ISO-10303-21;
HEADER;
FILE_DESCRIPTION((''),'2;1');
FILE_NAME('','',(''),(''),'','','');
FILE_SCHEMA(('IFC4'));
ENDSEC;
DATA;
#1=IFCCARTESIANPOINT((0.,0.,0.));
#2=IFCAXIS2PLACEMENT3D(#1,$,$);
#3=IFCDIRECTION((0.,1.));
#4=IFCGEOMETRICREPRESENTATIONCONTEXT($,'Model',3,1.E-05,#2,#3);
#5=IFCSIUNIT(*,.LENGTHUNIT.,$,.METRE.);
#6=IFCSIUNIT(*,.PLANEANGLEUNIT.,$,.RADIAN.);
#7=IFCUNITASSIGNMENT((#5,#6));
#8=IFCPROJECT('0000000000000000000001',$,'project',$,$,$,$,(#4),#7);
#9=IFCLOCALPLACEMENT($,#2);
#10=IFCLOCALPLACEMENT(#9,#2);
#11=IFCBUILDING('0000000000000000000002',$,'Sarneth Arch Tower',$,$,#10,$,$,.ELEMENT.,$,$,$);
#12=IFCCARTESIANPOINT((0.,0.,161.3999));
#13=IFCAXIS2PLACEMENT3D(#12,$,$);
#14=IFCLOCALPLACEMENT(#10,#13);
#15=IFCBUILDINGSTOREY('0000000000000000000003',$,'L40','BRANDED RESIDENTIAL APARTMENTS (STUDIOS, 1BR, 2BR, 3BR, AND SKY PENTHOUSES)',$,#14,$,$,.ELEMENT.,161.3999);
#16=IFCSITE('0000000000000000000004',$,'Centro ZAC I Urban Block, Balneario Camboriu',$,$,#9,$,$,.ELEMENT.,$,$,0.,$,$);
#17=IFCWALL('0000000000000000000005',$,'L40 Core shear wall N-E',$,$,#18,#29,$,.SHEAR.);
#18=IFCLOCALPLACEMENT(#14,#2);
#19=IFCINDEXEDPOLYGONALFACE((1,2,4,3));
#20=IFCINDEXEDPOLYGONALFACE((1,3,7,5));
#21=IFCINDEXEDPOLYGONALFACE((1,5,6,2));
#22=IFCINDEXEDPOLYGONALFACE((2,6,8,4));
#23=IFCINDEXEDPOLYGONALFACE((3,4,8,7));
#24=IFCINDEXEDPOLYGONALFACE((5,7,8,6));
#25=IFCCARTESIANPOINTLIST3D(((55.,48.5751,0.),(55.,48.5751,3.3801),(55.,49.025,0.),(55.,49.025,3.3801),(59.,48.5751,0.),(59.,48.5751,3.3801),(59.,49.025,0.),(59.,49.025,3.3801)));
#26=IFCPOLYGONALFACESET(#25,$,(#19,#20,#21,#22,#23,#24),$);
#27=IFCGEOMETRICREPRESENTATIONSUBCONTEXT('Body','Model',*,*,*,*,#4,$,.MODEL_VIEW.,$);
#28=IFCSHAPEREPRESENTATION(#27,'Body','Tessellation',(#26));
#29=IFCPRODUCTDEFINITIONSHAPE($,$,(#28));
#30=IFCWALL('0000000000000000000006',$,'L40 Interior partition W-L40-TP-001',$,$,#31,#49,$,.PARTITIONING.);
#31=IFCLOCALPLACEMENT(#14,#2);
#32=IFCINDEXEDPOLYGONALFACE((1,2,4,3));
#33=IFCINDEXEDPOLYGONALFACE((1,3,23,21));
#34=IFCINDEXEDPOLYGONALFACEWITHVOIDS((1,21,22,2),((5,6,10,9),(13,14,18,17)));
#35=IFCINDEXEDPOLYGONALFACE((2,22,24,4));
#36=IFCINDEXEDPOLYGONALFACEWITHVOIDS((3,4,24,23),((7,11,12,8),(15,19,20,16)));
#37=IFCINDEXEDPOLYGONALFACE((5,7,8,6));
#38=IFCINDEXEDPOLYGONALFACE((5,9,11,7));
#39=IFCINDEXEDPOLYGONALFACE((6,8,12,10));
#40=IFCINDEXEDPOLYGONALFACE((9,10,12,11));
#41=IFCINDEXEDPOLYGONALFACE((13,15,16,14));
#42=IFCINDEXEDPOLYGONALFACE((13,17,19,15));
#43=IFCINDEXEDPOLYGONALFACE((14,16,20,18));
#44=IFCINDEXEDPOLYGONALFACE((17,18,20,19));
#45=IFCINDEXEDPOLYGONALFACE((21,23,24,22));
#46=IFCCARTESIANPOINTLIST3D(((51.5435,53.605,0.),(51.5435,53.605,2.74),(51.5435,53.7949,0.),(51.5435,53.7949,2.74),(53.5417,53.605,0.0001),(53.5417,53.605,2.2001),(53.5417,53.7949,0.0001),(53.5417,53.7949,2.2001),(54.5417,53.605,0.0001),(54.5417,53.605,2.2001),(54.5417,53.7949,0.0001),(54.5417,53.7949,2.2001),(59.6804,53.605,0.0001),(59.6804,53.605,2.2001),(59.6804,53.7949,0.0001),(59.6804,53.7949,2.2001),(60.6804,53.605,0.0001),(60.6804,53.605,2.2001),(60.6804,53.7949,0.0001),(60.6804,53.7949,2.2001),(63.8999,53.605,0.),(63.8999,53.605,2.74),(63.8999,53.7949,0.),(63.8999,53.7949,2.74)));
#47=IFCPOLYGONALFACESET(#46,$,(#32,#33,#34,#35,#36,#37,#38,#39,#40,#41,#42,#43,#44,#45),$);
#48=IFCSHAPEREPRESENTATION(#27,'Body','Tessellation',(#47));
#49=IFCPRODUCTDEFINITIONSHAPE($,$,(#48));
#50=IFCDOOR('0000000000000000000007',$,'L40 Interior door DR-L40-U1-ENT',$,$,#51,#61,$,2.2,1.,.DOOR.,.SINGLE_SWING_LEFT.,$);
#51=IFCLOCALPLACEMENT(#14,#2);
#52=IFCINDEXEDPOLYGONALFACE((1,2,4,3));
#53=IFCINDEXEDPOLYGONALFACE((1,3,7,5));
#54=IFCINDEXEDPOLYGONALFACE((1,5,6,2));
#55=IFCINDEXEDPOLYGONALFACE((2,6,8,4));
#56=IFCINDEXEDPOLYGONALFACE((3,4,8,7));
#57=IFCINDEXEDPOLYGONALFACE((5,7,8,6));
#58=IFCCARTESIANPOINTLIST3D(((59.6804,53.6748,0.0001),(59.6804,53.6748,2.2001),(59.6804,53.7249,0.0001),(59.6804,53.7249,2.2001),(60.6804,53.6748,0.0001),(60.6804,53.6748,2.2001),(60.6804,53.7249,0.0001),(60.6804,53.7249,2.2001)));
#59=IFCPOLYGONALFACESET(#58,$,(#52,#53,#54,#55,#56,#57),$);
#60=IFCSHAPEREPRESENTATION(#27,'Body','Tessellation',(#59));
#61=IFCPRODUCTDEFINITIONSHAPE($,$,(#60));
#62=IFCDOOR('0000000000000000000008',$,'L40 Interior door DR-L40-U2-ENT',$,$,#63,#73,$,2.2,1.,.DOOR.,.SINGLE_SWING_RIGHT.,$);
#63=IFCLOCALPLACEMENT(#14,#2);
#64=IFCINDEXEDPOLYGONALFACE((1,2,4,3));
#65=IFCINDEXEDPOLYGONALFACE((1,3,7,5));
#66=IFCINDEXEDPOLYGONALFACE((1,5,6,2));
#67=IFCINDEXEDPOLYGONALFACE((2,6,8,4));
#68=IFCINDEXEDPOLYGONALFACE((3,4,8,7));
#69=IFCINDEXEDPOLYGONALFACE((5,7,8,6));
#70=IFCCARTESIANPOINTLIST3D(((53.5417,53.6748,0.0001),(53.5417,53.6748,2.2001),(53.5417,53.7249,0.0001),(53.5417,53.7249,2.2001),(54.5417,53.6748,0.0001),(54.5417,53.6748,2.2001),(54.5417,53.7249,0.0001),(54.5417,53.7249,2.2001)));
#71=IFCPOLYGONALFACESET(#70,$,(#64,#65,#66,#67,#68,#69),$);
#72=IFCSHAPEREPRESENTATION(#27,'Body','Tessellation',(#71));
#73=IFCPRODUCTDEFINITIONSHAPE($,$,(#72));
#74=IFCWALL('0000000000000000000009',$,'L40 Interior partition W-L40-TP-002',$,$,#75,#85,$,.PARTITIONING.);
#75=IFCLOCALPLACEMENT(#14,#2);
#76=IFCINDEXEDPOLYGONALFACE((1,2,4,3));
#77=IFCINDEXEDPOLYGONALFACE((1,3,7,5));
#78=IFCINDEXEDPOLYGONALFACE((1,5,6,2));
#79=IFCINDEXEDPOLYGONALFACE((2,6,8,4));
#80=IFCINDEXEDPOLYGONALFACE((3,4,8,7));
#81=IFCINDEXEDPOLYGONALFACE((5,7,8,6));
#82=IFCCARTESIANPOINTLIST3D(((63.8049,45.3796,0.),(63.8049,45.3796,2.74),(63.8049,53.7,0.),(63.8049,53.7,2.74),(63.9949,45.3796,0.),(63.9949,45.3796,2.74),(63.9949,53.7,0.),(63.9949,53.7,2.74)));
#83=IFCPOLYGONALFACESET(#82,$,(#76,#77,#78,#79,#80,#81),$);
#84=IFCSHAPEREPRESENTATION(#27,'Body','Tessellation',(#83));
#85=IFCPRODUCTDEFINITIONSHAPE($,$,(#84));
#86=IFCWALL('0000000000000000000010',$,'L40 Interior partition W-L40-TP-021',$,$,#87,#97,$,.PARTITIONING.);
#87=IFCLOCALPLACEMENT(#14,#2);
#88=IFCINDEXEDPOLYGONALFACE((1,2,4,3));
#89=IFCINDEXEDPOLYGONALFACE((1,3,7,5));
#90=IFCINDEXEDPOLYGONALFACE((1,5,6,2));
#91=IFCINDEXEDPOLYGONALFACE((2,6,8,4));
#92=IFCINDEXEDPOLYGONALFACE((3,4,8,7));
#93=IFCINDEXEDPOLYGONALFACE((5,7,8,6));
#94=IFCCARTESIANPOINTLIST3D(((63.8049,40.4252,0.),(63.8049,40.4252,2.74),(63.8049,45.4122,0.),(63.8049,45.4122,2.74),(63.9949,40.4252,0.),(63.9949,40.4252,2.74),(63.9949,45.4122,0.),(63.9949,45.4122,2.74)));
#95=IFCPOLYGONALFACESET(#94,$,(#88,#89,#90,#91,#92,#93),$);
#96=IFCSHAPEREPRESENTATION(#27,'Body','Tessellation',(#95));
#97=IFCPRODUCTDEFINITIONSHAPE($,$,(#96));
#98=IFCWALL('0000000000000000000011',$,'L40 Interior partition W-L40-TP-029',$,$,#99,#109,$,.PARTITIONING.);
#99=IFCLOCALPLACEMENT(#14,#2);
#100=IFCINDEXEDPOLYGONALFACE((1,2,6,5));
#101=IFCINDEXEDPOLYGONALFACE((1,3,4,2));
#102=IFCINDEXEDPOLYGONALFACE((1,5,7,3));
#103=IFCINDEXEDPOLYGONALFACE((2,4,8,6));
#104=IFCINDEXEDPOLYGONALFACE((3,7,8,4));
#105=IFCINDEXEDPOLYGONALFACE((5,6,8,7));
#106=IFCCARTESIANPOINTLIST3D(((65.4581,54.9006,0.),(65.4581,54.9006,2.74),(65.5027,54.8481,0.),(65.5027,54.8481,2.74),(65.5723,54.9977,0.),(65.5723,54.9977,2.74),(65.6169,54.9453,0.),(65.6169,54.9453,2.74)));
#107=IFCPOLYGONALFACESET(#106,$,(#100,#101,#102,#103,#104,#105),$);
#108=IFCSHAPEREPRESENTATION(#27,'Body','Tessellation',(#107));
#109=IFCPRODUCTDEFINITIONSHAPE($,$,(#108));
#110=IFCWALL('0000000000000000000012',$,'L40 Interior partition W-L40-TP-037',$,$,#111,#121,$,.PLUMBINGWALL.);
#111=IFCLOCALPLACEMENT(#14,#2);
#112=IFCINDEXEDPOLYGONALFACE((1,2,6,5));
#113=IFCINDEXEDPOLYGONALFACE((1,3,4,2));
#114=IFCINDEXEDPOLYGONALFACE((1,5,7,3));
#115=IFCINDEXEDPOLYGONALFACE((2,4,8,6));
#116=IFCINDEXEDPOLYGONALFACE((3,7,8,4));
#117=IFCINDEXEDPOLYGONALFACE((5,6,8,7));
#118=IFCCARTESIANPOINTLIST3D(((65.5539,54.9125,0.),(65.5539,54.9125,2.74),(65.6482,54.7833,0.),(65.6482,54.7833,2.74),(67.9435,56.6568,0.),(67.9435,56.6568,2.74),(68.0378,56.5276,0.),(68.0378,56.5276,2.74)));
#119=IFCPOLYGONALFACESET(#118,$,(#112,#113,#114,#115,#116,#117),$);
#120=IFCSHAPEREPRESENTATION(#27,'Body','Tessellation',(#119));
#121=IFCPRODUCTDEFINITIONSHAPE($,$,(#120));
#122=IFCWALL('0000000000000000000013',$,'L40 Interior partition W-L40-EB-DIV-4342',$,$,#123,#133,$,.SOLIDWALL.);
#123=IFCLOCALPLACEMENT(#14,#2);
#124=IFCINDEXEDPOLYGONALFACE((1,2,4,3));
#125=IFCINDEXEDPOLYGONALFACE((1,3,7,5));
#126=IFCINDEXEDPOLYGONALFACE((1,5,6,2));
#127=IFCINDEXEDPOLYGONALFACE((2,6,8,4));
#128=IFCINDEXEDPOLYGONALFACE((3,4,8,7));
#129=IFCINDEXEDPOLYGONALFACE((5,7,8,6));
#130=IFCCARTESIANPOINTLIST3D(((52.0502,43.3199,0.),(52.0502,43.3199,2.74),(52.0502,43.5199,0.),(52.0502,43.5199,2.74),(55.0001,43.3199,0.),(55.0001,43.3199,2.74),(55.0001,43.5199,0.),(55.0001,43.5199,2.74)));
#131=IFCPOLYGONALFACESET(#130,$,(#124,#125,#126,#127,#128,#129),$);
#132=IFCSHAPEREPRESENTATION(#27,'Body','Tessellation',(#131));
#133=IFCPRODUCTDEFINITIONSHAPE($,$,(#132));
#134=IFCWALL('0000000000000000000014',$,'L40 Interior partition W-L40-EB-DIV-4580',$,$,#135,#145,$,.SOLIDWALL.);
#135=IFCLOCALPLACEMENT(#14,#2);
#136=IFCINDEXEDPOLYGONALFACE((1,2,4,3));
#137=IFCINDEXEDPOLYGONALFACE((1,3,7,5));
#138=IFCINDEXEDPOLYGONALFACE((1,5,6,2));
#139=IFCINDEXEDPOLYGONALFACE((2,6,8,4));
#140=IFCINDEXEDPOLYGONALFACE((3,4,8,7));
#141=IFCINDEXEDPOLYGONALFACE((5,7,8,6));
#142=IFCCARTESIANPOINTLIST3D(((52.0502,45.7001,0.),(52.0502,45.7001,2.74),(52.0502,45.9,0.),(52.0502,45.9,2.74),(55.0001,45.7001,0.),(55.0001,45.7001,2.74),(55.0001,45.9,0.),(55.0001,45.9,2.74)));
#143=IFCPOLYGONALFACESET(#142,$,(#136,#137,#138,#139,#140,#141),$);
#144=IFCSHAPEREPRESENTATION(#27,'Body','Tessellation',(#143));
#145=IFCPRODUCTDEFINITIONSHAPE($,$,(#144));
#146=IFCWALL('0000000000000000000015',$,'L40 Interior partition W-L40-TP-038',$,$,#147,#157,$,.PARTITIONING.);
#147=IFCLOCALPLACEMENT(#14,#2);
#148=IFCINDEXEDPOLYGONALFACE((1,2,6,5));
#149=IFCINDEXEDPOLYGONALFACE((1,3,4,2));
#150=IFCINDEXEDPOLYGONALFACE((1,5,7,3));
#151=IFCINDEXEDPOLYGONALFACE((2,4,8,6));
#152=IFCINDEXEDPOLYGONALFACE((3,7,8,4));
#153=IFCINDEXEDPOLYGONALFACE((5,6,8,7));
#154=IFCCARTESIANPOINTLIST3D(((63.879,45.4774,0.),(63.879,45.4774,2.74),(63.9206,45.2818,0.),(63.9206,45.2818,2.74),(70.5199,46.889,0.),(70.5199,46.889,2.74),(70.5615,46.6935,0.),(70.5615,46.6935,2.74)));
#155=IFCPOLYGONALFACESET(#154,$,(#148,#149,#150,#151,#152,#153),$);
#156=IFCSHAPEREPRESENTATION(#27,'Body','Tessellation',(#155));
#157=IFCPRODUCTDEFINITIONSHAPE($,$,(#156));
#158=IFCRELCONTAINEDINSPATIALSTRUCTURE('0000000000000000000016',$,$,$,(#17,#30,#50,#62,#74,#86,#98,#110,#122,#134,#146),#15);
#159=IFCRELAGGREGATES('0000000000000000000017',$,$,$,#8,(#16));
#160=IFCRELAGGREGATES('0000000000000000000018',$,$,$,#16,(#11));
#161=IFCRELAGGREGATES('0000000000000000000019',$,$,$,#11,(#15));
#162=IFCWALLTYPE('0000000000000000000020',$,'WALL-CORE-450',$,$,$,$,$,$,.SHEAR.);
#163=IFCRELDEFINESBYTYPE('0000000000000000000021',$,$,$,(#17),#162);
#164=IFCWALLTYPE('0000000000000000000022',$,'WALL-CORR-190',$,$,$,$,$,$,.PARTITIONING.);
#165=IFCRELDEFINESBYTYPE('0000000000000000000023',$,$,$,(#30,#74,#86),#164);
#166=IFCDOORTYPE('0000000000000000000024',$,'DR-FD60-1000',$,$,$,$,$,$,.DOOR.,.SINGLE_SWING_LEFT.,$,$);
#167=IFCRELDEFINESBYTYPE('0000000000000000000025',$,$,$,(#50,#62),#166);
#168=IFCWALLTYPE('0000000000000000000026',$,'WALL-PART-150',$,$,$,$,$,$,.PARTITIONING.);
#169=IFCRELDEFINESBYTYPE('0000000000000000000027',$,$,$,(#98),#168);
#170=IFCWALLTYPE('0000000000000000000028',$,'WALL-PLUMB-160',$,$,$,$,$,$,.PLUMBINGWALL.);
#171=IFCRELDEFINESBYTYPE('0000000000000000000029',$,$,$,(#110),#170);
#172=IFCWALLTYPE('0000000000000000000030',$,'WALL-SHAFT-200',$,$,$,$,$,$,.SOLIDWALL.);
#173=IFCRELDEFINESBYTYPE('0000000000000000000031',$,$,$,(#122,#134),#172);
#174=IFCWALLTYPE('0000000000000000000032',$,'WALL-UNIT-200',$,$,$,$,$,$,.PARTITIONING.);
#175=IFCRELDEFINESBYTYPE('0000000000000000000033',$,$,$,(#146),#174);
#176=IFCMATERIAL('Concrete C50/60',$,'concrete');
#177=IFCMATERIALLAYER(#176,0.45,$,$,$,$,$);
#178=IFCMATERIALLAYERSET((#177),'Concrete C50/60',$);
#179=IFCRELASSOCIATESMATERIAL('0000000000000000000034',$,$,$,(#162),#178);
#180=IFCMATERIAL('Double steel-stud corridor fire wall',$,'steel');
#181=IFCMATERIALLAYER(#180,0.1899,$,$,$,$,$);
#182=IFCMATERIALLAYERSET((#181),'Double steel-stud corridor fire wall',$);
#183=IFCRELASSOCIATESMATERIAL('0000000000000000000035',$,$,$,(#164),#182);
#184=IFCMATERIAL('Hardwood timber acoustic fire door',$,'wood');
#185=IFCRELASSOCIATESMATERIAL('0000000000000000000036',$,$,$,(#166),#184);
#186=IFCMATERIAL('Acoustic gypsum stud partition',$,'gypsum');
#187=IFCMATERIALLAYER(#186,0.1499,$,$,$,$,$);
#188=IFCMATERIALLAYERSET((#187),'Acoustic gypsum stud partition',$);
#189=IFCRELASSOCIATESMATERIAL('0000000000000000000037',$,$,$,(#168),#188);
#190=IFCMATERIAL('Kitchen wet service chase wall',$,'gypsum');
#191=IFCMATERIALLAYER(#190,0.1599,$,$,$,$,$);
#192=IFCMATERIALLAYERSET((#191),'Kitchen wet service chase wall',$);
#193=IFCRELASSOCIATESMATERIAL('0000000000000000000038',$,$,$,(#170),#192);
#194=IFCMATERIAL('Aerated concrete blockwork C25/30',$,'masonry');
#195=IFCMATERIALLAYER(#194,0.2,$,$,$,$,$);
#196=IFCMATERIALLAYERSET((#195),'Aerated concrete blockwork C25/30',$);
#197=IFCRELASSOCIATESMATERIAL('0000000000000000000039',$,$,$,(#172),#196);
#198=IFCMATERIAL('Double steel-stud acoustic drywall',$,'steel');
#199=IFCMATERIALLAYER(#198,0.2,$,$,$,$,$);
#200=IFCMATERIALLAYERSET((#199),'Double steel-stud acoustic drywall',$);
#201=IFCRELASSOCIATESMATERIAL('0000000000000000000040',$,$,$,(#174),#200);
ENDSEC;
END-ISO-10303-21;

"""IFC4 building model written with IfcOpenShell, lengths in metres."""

from ifc_helpers import new_model, si_unit, direction, frame, frame_2d, origin, place, context, subcontext, project, spatial, rectangle, extrude, material, layer, layer_set, type_object, element, fill, save


model = new_model("IFC4")

# Units and contexts
model_context = context("Model", 3, precision=1e-05, world=origin(), true_north=direction((0.0, 1.0)))
body_context = subcontext(model_context, "Body", "Model", "MODEL_VIEW")
ifc_project = project(units=[si_unit("LENGTHUNIT", "METRE"), si_unit("PLANEANGLEUNIT", "RADIAN")], contexts=[model_context])

# Site, building, storey
site_placement = place(None, origin())
site = spatial("IfcSite", under=ifc_project, at=site_placement, Name="Centro ZAC I Urban Block, Balneario Camboriu", CompositionType="ELEMENT", RefElevation=0.0)
building_placement = place(site_placement, origin())
building = spatial("IfcBuilding", under=site, at=building_placement, Name="Sarneth Arch Tower", CompositionType="ELEMENT")
storey_placement = place(building_placement, frame((0.0, 0.0, 161.3999)))
storey = spatial("IfcBuildingStorey", under=building, at=storey_placement, Name="L40", Description="BRANDED RESIDENTIAL APARTMENTS (STUDIOS, 1BR, 2BR, 3BR, AND SKY PENTHOUSES)", CompositionType="ELEMENT", Elevation=161.3999)

# Wall
ifc_material_1 = material(Name="Concrete C50/60", Category="concrete")
ifc_layer_1 = layer(ifc_material_1, 0.45)
ifc_layer_set_1 = layer_set([ifc_layer_1], Name="Concrete C50/60")
wall_type_1 = type_object("IfcWallType", Name="WALL-CORE-450", PredefinedType="SHEAR", material=ifc_layer_set_1)
wall_1_placement = place(storey_placement, frame((55.0, 48.8, 0.0), z_axis=(0.0, 0.0, 1.0), x_axis=(1.0, 0.0, 0.0)))
element("IfcWall", 1, at=wall_1_placement, inside=storey, type_object=wall_type_1, Name="L40 Core shear wall N-E", PredefinedType="SHEAR", context=body_context, shape_type="SweptSolid", body=[
    extrude(rectangle(XDim=4.0, YDim=0.45, at=frame_2d((2.0, 0.0))), origin(), (0.0, 0.0, 1.0), 3.3801),
])

# Wall, openings, doors
ifc_material_2 = material(Name="Double steel-stud corridor fire wall", Category="steel")
ifc_layer_2 = layer(ifc_material_2, 0.1899)
ifc_layer_set_2 = layer_set([ifc_layer_2], Name="Double steel-stud corridor fire wall")
wall_type_2 = type_object("IfcWallType", Name="WALL-CORR-190", PredefinedType="PARTITIONING", material=ifc_layer_set_2)
wall_2_placement = place(storey_placement, frame((51.5435, 53.7, 0.0), z_axis=(0.0, 0.0, 1.0), x_axis=(1.0, 0.0, 0.0)))
wall_2 = element("IfcWall", 2, at=wall_2_placement, inside=storey, type_object=wall_type_2, Name="L40 Interior partition W-L40-TP-001", PredefinedType="PARTITIONING", context=body_context, shape_type="SweptSolid", body=[
    extrude(rectangle(XDim=12.3564, YDim=0.1899, at=frame_2d((6.1782, 0.0))), origin(), (0.0, 0.0, 1.0), 2.74),
])
opening_1_placement = place(wall_2_placement, frame((8.137, 0.0, 0.0)))
opening_1 = element("IfcOpeningElement", 3, at=opening_1_placement, cuts=wall_2, PredefinedType="OPENING", context=body_context, shape_type="SweptSolid", body=[
    extrude(rectangle(XDim=1.0, YDim=2.2, at=frame_2d((0.5, 1.1001))), frame((0.0, 0.105, 0.0), z_axis=(0.0, -1.0, 0.0), x_axis=(1.0, 0.0, 0.0)), (0.0, 0.0, 1.0), 0.21),
])
opening_2_placement = place(wall_2_placement, frame((1.9983, 0.0, 0.0)))
opening_2 = element("IfcOpeningElement", 4, at=opening_2_placement, cuts=wall_2, PredefinedType="OPENING", context=body_context, shape_type="SweptSolid", body=[
    extrude(rectangle(XDim=1.0, YDim=2.2, at=frame_2d((0.5, 1.1001))), frame((0.0, 0.105, 0.0), z_axis=(0.0, -1.0, 0.0), x_axis=(1.0, 0.0, 0.0)), (0.0, 0.0, 1.0), 0.21),
])
ifc_material_3 = material(Name="Hardwood timber acoustic fire door", Category="wood")
door_type = type_object("IfcDoorType", Name="DR-FD60-1000", OperationType="SINGLE_SWING_LEFT", PredefinedType="DOOR", material=ifc_material_3)
door_1_placement = place(opening_1_placement, origin())
door_1 = element("IfcDoor", 5, at=door_1_placement, inside=storey, type_object=door_type, Name="L40 Interior door DR-L40-U1-ENT", OperationType="SINGLE_SWING_LEFT", OverallHeight=2.2, OverallWidth=1.0, PredefinedType="DOOR", context=body_context, shape_type="SweptSolid", body=[
    extrude(rectangle(XDim=1.0, YDim=2.2, at=frame_2d((0.5, 1.1001))), frame((0.0, 0.0249, 0.0), z_axis=(0.0, -1.0, 0.0), x_axis=(1.0, 0.0, 0.0)), (0.0, 0.0, 1.0), 0.05),
])
fill(opening_1, door_1)
door_2_placement = place(opening_2_placement, origin())
door_2 = element("IfcDoor", 6, at=door_2_placement, inside=storey, type_object=door_type, Name="L40 Interior door DR-L40-U2-ENT", OperationType="SINGLE_SWING_RIGHT", OverallHeight=2.2, OverallWidth=1.0, PredefinedType="DOOR", context=body_context, shape_type="SweptSolid", body=[
    extrude(rectangle(XDim=1.0, YDim=2.2, at=frame_2d((0.5, 1.1001))), frame((0.0, 0.0249, 0.0), z_axis=(0.0, -1.0, 0.0), x_axis=(1.0, 0.0, 0.0)), (0.0, 0.0, 1.0), 0.05),
])
fill(opening_2, door_2)

# Walls
wall_3_placement = place(storey_placement, frame((63.8999, 53.7, 0.0), z_axis=(0.0, 0.0, 1.0), x_axis=(0.0, -1.0, 0.0)))
element("IfcWall", 7, at=wall_3_placement, inside=storey, type_object=wall_type_2, Name="L40 Interior partition W-L40-TP-002", PredefinedType="PARTITIONING", context=body_context, shape_type="SweptSolid", body=[
    extrude(rectangle(XDim=8.3203, YDim=0.1899, at=frame_2d((4.1602, 0.0))), origin(), (0.0, 0.0, 1.0), 2.74),
])
wall_4_placement = place(storey_placement, frame((63.8999, 45.4124, 0.0), z_axis=(0.0, 0.0, 1.0), x_axis=(0.0, -1.0, 0.0)))
element("IfcWall", 8, at=wall_4_placement, inside=storey, type_object=wall_type_2, Name="L40 Interior partition W-L40-TP-021", PredefinedType="PARTITIONING", context=body_context, shape_type="SweptSolid", body=[
    extrude(rectangle(XDim=4.9871, YDim=0.1899, at=frame_2d((2.4937, 0.0))), origin(), (0.0, 0.0, 1.0), 2.74),
])
ifc_material_4 = material(Name="Acoustic gypsum stud partition", Category="gypsum")
ifc_layer_3 = layer(ifc_material_4, 0.1499)
ifc_layer_set_3 = layer_set([ifc_layer_3], Name="Acoustic gypsum stud partition")
wall_type_3 = type_object("IfcWallType", Name="WALL-PART-150", PredefinedType="PARTITIONING", material=ifc_layer_set_3)
wall_5_placement = place(storey_placement, frame((65.5598, 54.8967, 0.0), z_axis=(0.0, 0.0, 1.0), x_axis=(-0.648162, 0.761502, 0.0)))
element("IfcWall", 9, at=wall_5_placement, inside=storey, type_object=wall_type_3, Name="L40 Interior partition W-L40-TP-029", PredefinedType="PARTITIONING", context=body_context, shape_type="SweptSolid", body=[
    extrude(rectangle(XDim=0.0688, YDim=0.1499, at=frame_2d((0.0344, 0.0))), origin(), (0.0, 0.0, 1.0), 2.74),
])
ifc_material_5 = material(Name="Kitchen wet service chase wall", Category="gypsum")
ifc_layer_4 = layer(ifc_material_5, 0.1599)
ifc_layer_set_4 = layer_set([ifc_layer_4], Name="Kitchen wet service chase wall")
wall_type_4 = type_object("IfcWallType", Name="WALL-PLUMB-160", PredefinedType="PLUMBINGWALL", material=ifc_layer_set_4)
wall_6_placement = place(storey_placement, frame((65.6011, 54.8479, 0.0), z_axis=(0.0, 0.0, 1.0), x_axis=(0.807696, 0.589599, 0.0)))
element("IfcWall", 10, at=wall_6_placement, inside=storey, type_object=wall_type_4, Name="L40 Interior partition W-L40-TP-037", PredefinedType="PLUMBINGWALL", context=body_context, shape_type="SweptSolid", body=[
    extrude(rectangle(XDim=2.9585, YDim=0.1599, at=frame_2d((1.4792, 0.0))), origin(), (0.0, 0.0, 1.0), 2.74),
])
ifc_material_6 = material(Name="Aerated concrete blockwork C25/30", Category="masonry")
ifc_layer_5 = layer(ifc_material_6, 0.2)
ifc_layer_set_5 = layer_set([ifc_layer_5], Name="Aerated concrete blockwork C25/30")
wall_type_5 = type_object("IfcWallType", Name="WALL-SHAFT-200", PredefinedType="SOLIDWALL", material=ifc_layer_set_5)
for number, where, z_axis, x_axis, name in (
    (11, (52.05, 43.4199, 0.0), (0.0, 0.0, 1.0), (1.0, 0.0, 0.0), "L40 Interior partition W-L40-EB-DIV-4342"),
    (12, (52.05, 45.8, 0.0), (0.0, 0.0, 1.0), (1.0, 0.0, 0.0), "L40 Interior partition W-L40-EB-DIV-4580"),
):
    element("IfcWall", number, at=place(storey_placement, frame(where, z_axis=z_axis, x_axis=x_axis)), inside=storey, type_object=wall_type_5, Name=name, PredefinedType="SOLIDWALL", context=body_context, shape_type="SweptSolid", body=[
        extrude(rectangle(XDim=2.95, YDim=0.2, at=frame_2d((1.4751, 0.0))), origin(), (0.0, 0.0, 1.0), 2.74),
    ])
ifc_material_7 = material(Name="Double steel-stud acoustic drywall", Category="steel")
ifc_layer_6 = layer(ifc_material_7, 0.2)
ifc_layer_set_6 = layer_set([ifc_layer_6], Name="Double steel-stud acoustic drywall")
wall_type_6 = type_object("IfcWallType", Name="WALL-UNIT-200", PredefinedType="PARTITIONING", material=ifc_layer_set_6)
wall_7_placement = place(storey_placement, frame((63.8999, 45.3796, 0.0), z_axis=(0.0, 0.0, 1.0), x_axis=(0.978146, 0.20792, 0.0)))
element("IfcWall", 13, at=wall_7_placement, inside=storey, type_object=wall_type_6, Name="L40 Interior partition W-L40-TP-038", PredefinedType="PARTITIONING", context=body_context, shape_type="SweptSolid", body=[
    extrude(rectangle(XDim=6.7893, YDim=0.2, at=frame_2d((3.3945, 0.0))), origin(), (0.0, 0.0, 1.0), 2.74),
])

save(model, "model.ifc")
